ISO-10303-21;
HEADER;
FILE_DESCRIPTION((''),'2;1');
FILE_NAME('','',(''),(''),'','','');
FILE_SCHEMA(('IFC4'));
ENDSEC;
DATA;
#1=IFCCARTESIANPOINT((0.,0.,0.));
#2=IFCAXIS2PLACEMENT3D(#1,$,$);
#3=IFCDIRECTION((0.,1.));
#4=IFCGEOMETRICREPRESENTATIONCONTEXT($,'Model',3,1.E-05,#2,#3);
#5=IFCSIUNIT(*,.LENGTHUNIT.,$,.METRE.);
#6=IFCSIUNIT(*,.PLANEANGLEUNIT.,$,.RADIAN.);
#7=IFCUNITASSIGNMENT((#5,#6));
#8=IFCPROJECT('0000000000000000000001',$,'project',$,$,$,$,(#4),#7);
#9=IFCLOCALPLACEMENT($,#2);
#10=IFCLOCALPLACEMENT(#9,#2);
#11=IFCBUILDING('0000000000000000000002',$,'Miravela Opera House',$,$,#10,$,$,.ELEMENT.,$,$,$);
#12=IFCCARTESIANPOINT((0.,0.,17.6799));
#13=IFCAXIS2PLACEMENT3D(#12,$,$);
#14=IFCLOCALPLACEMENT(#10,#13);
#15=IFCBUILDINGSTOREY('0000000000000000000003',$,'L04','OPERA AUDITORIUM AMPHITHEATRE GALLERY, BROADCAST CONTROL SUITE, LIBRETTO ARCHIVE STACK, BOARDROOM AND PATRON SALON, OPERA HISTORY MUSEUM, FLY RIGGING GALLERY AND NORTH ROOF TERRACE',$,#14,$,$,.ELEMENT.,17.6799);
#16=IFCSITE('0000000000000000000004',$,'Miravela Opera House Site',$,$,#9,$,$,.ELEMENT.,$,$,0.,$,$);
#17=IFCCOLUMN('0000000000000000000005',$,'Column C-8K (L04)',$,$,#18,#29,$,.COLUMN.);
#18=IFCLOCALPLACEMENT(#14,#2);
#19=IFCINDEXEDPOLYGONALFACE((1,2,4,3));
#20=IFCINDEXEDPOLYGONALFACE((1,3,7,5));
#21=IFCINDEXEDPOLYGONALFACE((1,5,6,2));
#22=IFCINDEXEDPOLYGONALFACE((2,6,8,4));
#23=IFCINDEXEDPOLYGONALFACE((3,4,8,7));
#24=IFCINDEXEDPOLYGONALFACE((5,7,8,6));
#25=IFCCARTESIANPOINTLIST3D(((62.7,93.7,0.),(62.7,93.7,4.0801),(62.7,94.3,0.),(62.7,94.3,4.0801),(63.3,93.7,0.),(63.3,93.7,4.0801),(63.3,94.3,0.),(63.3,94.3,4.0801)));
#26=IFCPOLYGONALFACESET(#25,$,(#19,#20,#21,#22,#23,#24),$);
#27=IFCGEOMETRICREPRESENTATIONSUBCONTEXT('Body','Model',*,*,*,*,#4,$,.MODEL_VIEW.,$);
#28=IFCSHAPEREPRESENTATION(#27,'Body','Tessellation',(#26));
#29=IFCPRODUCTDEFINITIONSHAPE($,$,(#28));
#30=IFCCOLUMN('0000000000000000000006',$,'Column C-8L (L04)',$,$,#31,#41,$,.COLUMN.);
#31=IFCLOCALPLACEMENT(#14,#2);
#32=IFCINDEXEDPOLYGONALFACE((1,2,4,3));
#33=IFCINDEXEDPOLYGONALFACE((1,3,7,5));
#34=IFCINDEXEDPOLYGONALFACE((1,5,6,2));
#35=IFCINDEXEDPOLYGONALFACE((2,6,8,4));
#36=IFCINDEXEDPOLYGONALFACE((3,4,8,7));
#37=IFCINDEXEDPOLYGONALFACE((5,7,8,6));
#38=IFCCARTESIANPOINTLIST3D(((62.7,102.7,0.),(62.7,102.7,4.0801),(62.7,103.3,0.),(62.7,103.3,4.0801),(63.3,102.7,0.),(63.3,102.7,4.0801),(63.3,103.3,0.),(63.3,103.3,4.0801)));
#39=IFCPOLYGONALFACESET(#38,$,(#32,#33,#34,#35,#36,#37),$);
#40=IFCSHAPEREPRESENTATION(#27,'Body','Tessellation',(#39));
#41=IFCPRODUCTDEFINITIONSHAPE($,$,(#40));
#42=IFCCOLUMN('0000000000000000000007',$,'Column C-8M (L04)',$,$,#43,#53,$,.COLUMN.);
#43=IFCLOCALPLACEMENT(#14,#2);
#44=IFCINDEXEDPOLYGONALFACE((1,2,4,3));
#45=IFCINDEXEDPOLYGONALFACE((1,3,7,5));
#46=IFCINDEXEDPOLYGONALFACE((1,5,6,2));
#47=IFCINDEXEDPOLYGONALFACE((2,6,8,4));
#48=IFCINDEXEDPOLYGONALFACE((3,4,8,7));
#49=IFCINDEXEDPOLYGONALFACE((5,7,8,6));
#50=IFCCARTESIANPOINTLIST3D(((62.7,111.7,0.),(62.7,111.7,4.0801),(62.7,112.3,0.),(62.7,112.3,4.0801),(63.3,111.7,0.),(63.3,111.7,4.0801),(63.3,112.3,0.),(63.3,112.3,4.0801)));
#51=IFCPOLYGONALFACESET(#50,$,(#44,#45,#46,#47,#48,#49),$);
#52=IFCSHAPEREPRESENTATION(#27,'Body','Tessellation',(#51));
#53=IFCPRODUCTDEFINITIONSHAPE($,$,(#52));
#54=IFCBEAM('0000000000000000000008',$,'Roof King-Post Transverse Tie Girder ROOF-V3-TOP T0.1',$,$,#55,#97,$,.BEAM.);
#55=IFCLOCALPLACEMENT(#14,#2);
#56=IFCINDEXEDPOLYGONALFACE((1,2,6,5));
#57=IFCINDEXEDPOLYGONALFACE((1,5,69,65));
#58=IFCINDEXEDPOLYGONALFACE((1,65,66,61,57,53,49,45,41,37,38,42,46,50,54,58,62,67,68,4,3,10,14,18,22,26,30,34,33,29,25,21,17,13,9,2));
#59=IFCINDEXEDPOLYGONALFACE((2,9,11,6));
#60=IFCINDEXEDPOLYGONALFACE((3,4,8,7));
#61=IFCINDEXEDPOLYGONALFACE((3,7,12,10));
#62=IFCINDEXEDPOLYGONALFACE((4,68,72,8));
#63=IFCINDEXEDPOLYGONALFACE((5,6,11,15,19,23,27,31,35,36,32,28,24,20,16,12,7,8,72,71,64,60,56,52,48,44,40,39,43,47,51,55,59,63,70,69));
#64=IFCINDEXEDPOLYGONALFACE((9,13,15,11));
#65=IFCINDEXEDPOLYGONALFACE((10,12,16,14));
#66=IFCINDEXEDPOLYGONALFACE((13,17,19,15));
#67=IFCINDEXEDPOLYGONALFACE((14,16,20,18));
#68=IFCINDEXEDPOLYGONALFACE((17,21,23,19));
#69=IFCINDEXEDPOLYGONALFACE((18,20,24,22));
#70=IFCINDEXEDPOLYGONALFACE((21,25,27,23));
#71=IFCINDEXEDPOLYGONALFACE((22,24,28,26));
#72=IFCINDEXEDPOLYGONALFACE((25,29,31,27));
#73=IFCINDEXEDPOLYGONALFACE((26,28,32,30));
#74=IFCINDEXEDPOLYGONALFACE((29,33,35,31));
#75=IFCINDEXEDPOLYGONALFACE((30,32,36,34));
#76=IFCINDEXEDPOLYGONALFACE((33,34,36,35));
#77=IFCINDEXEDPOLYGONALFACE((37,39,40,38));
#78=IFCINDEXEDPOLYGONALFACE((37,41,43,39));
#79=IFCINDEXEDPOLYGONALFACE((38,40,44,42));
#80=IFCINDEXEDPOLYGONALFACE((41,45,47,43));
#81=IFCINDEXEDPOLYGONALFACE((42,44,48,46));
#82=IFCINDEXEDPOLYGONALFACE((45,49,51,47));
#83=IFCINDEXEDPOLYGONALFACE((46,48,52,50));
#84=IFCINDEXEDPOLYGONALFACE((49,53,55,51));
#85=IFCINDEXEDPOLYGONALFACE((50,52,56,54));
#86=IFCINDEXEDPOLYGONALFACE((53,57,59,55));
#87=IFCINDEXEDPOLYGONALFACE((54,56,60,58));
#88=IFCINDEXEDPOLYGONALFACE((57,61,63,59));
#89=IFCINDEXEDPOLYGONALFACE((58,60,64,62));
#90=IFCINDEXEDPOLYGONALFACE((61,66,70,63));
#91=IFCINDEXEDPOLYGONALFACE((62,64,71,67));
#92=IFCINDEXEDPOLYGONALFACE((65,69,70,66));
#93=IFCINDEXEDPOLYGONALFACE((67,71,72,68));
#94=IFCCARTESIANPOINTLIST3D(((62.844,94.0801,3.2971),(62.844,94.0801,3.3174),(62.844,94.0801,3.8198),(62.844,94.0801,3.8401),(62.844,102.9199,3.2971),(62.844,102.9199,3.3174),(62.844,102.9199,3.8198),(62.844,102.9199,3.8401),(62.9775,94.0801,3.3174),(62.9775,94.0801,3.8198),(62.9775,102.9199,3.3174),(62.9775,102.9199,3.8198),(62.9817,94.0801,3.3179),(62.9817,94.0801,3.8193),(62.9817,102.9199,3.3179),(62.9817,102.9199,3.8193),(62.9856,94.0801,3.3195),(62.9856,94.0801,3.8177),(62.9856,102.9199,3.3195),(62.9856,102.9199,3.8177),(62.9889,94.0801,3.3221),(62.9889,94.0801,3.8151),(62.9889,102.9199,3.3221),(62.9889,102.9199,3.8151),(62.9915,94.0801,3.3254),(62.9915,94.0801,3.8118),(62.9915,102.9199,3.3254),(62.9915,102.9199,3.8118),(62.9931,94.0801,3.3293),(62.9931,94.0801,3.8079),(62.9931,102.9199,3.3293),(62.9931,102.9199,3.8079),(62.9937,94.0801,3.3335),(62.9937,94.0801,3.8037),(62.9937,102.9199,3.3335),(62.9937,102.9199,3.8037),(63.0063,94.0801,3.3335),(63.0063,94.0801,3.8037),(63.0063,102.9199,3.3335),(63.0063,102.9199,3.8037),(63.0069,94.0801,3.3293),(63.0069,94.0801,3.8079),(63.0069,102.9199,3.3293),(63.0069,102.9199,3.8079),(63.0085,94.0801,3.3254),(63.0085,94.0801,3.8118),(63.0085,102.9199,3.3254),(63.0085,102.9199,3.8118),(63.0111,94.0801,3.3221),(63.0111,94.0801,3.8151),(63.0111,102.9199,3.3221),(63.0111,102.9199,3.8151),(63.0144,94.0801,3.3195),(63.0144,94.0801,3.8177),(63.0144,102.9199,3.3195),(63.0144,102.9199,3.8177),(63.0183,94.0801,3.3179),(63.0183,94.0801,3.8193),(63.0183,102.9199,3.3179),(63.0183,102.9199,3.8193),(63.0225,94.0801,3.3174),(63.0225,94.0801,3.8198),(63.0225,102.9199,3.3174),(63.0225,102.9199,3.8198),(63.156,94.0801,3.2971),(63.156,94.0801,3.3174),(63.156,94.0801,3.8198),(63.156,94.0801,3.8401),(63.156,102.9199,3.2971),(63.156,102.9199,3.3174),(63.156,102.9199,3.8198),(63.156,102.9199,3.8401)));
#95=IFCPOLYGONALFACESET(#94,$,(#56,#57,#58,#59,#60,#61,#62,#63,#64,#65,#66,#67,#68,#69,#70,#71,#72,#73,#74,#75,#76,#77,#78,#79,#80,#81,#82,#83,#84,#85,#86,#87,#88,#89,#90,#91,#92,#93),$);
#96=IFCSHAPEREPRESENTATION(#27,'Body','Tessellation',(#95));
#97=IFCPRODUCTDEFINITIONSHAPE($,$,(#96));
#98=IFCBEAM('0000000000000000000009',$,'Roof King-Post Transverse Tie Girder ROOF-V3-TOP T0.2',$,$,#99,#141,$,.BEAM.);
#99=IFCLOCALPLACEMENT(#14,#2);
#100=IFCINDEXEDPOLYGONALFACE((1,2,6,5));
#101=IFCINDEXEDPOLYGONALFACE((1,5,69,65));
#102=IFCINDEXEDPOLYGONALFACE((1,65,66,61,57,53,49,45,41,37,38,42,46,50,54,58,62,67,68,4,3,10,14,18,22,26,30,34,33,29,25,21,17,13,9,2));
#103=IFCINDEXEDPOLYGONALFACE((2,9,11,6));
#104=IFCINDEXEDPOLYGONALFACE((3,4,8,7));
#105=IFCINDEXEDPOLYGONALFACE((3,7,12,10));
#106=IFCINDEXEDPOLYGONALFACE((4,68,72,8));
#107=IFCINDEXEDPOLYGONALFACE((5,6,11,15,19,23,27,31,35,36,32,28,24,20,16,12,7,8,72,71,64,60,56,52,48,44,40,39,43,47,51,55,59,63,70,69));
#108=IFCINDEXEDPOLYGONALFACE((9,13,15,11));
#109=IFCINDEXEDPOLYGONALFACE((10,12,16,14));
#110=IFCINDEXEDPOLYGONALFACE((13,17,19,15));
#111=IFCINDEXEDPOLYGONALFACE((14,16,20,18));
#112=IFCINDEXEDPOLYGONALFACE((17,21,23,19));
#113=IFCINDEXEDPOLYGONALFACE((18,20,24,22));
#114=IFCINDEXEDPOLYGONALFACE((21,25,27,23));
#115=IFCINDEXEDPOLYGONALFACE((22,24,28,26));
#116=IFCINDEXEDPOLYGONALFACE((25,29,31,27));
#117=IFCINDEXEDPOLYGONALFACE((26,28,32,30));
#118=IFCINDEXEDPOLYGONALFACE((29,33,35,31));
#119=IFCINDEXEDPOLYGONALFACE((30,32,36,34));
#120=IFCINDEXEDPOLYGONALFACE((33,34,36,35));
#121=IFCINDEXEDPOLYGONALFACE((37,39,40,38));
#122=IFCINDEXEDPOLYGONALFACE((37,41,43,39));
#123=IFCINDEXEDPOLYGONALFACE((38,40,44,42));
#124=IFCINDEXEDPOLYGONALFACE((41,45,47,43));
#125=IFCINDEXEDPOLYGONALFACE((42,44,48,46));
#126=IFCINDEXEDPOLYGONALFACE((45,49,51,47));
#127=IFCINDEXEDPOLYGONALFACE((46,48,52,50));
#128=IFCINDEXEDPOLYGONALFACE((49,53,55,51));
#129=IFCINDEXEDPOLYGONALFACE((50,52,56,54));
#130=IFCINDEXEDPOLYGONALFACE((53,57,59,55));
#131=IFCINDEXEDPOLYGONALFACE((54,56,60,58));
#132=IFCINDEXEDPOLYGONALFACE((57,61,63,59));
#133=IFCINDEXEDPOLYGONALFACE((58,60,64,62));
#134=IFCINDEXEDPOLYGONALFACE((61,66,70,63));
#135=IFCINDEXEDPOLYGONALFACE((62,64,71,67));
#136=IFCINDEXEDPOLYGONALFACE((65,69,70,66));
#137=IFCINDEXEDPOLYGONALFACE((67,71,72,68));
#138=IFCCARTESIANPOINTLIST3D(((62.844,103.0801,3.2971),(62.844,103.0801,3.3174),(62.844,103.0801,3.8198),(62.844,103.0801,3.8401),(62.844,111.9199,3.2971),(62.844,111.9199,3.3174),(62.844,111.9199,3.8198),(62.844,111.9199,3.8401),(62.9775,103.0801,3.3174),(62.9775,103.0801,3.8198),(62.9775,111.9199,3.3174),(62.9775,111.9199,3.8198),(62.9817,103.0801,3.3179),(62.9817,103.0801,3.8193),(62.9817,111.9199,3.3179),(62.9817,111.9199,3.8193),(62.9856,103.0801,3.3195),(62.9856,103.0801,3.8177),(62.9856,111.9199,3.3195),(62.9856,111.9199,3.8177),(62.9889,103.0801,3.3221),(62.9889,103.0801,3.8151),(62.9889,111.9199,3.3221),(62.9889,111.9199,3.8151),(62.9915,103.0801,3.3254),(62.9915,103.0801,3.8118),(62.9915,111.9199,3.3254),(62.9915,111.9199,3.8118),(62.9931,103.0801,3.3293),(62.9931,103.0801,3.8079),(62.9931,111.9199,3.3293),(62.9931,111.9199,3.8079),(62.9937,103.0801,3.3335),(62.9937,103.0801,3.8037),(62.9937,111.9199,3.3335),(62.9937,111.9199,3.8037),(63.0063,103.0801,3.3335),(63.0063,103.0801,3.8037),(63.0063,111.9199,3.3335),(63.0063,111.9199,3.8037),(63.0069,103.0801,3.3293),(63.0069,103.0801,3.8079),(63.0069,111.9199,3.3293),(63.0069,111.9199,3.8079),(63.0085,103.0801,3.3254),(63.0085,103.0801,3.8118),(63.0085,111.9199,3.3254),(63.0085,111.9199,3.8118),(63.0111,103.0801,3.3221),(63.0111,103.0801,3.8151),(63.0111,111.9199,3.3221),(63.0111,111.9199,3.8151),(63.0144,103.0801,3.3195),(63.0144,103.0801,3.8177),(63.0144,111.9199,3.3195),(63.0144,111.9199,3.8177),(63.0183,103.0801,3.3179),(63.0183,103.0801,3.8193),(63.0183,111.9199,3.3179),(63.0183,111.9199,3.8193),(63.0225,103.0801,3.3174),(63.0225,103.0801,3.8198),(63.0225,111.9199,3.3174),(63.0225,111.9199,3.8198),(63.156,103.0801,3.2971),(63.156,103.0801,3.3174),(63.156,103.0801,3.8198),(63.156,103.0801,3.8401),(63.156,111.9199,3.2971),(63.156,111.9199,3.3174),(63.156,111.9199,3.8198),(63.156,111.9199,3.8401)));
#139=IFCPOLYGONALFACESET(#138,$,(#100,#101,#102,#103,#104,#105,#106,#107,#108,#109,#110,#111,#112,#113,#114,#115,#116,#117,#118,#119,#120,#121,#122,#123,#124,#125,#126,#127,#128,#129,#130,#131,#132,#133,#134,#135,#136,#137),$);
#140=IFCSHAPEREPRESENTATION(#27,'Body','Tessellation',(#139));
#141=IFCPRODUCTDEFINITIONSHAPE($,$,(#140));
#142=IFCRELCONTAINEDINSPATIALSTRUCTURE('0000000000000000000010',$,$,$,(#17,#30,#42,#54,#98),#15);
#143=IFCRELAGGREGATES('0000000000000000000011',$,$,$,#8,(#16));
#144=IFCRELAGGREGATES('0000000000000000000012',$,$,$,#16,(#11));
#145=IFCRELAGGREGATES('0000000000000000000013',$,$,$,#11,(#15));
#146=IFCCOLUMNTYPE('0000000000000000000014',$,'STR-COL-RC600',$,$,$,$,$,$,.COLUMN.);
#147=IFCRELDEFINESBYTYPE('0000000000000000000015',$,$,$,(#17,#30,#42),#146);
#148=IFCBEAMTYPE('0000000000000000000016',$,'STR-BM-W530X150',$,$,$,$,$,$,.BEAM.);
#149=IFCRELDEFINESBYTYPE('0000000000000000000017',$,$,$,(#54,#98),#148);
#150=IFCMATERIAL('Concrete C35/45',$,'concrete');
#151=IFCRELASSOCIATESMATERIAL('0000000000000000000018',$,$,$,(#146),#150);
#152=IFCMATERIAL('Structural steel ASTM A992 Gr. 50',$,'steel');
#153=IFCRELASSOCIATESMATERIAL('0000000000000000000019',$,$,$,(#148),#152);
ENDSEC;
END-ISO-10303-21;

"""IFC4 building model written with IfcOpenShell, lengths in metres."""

from ifc_helpers import new_model, si_unit, direction, frame, origin, origin_2d, place, context, subcontext, project, spatial, rectangle, i_section, extrude, material, material_profile, profile_set, type_object, element, save


model = new_model("IFC4")

# Units and contexts
model_context = context("Model", 3, precision=1e-05, world=origin(), true_north=direction((0.0, 1.0)))
body_context = subcontext(model_context, "Body", "Model", "MODEL_VIEW")
ifc_project = project(units=[si_unit("LENGTHUNIT", "METRE"), si_unit("PLANEANGLEUNIT", "RADIAN")], contexts=[model_context])

# Site, building, storey
site_placement = place(None, origin())
site = spatial("IfcSite", under=ifc_project, at=site_placement, Name="Miravela Opera House Site", CompositionType="ELEMENT", RefElevation=0.0)
building_placement = place(site_placement, origin())
building = spatial("IfcBuilding", under=site, at=building_placement, Name="Miravela Opera House", CompositionType="ELEMENT")
storey_placement = place(building_placement, frame((0.0, 0.0, 17.6799)))
storey = spatial("IfcBuildingStorey", under=building, at=storey_placement, Name="L04", Description="OPERA AUDITORIUM AMPHITHEATRE GALLERY, BROADCAST CONTROL SUITE, LIBRETTO ARCHIVE STACK, BOARDROOM AND PATRON SALON, OPERA HISTORY MUSEUM, FLY RIGGING GALLERY AND NORTH ROOF TERRACE", CompositionType="ELEMENT", Elevation=17.6799)

# Columns
ifc_material_1 = material(Name="Concrete C35/45", Category="concrete")
ifc_material_profile_1 = material_profile(ifc_material_1, rectangle(XDim=0.6001, YDim=0.6001, at=origin_2d()), Name="RC-COL-600X600")
ifc_profile_set_1 = profile_set([ifc_material_profile_1])
column_type = type_object("IfcColumnType", Name="STR-COL-RC600", PredefinedType="COLUMN", material=ifc_profile_set_1)
for number, where, z_axis, x_axis, name in (
    (1, (63.0, 94.0, 0.0), (0.0, 0.0, 1.0), (1.0, 0.0, 0.0), "Column C-8K (L04)"),
    (2, (63.0, 103.0, 0.0), (0.0, 0.0, 1.0), (1.0, 0.0, 0.0), "Column C-8L (L04)"),
    (3, (63.0, 112.0, 0.0), (0.0, 0.0, 1.0), (1.0, 0.0, 0.0), "Column C-8M (L04)"),
):
    element("IfcColumn", number, at=place(storey_placement, frame(where, z_axis=z_axis, x_axis=x_axis)), inside=storey, type_object=column_type, Name=name, PredefinedType="COLUMN", context=body_context, shape_type="SweptSolid", body=[
        extrude(rectangle(XDim=0.6001, YDim=0.6001, at=origin_2d()), origin(), (0.0, 0.0, 1.0), 4.0801),
    ])

# Beams
ifc_material_2 = material(Name="Structural steel ASTM A992 Gr. 50", Category="steel")
ifc_material_profile_2 = material_profile(ifc_material_2, i_section(OverallWidth=0.312, OverallDepth=0.543, WebThickness=0.0127, FlangeThickness=0.0203, FilletRadius=0.0161, at=origin_2d()), Name="W530X150")
ifc_profile_set_2 = profile_set([ifc_material_profile_2])
beam_type = type_object("IfcBeamType", Name="STR-BM-W530X150", PredefinedType="BEAM", material=ifc_profile_set_2)
for number, where, z_axis, x_axis, name in (
    (4, (63.0, 94.0801, 3.5686), (0.0, 1.0, 0.0), (-1.0, 0.0, 0.0), "Roof King-Post Transverse Tie Girder ROOF-V3-TOP T0.1"),
    (5, (63.0, 103.0801, 3.5686), (0.0, 1.0, 0.0), (-1.0, 0.0, 0.0), "Roof King-Post Transverse Tie Girder ROOF-V3-TOP T0.2"),
):
    element("IfcBeam", number, at=place(storey_placement, frame(where, z_axis=z_axis, x_axis=x_axis)), inside=storey, type_object=beam_type, Name=name, PredefinedType="BEAM", context=body_context, shape_type="SweptSolid", body=[
        extrude(i_section(OverallWidth=0.312, OverallDepth=0.543, WebThickness=0.0127, FlangeThickness=0.0203, FilletRadius=0.0161, at=origin_2d()), origin(), (0.0, 0.0, 1.0), 8.8398),
    ])

save(model, "model.ifc")
